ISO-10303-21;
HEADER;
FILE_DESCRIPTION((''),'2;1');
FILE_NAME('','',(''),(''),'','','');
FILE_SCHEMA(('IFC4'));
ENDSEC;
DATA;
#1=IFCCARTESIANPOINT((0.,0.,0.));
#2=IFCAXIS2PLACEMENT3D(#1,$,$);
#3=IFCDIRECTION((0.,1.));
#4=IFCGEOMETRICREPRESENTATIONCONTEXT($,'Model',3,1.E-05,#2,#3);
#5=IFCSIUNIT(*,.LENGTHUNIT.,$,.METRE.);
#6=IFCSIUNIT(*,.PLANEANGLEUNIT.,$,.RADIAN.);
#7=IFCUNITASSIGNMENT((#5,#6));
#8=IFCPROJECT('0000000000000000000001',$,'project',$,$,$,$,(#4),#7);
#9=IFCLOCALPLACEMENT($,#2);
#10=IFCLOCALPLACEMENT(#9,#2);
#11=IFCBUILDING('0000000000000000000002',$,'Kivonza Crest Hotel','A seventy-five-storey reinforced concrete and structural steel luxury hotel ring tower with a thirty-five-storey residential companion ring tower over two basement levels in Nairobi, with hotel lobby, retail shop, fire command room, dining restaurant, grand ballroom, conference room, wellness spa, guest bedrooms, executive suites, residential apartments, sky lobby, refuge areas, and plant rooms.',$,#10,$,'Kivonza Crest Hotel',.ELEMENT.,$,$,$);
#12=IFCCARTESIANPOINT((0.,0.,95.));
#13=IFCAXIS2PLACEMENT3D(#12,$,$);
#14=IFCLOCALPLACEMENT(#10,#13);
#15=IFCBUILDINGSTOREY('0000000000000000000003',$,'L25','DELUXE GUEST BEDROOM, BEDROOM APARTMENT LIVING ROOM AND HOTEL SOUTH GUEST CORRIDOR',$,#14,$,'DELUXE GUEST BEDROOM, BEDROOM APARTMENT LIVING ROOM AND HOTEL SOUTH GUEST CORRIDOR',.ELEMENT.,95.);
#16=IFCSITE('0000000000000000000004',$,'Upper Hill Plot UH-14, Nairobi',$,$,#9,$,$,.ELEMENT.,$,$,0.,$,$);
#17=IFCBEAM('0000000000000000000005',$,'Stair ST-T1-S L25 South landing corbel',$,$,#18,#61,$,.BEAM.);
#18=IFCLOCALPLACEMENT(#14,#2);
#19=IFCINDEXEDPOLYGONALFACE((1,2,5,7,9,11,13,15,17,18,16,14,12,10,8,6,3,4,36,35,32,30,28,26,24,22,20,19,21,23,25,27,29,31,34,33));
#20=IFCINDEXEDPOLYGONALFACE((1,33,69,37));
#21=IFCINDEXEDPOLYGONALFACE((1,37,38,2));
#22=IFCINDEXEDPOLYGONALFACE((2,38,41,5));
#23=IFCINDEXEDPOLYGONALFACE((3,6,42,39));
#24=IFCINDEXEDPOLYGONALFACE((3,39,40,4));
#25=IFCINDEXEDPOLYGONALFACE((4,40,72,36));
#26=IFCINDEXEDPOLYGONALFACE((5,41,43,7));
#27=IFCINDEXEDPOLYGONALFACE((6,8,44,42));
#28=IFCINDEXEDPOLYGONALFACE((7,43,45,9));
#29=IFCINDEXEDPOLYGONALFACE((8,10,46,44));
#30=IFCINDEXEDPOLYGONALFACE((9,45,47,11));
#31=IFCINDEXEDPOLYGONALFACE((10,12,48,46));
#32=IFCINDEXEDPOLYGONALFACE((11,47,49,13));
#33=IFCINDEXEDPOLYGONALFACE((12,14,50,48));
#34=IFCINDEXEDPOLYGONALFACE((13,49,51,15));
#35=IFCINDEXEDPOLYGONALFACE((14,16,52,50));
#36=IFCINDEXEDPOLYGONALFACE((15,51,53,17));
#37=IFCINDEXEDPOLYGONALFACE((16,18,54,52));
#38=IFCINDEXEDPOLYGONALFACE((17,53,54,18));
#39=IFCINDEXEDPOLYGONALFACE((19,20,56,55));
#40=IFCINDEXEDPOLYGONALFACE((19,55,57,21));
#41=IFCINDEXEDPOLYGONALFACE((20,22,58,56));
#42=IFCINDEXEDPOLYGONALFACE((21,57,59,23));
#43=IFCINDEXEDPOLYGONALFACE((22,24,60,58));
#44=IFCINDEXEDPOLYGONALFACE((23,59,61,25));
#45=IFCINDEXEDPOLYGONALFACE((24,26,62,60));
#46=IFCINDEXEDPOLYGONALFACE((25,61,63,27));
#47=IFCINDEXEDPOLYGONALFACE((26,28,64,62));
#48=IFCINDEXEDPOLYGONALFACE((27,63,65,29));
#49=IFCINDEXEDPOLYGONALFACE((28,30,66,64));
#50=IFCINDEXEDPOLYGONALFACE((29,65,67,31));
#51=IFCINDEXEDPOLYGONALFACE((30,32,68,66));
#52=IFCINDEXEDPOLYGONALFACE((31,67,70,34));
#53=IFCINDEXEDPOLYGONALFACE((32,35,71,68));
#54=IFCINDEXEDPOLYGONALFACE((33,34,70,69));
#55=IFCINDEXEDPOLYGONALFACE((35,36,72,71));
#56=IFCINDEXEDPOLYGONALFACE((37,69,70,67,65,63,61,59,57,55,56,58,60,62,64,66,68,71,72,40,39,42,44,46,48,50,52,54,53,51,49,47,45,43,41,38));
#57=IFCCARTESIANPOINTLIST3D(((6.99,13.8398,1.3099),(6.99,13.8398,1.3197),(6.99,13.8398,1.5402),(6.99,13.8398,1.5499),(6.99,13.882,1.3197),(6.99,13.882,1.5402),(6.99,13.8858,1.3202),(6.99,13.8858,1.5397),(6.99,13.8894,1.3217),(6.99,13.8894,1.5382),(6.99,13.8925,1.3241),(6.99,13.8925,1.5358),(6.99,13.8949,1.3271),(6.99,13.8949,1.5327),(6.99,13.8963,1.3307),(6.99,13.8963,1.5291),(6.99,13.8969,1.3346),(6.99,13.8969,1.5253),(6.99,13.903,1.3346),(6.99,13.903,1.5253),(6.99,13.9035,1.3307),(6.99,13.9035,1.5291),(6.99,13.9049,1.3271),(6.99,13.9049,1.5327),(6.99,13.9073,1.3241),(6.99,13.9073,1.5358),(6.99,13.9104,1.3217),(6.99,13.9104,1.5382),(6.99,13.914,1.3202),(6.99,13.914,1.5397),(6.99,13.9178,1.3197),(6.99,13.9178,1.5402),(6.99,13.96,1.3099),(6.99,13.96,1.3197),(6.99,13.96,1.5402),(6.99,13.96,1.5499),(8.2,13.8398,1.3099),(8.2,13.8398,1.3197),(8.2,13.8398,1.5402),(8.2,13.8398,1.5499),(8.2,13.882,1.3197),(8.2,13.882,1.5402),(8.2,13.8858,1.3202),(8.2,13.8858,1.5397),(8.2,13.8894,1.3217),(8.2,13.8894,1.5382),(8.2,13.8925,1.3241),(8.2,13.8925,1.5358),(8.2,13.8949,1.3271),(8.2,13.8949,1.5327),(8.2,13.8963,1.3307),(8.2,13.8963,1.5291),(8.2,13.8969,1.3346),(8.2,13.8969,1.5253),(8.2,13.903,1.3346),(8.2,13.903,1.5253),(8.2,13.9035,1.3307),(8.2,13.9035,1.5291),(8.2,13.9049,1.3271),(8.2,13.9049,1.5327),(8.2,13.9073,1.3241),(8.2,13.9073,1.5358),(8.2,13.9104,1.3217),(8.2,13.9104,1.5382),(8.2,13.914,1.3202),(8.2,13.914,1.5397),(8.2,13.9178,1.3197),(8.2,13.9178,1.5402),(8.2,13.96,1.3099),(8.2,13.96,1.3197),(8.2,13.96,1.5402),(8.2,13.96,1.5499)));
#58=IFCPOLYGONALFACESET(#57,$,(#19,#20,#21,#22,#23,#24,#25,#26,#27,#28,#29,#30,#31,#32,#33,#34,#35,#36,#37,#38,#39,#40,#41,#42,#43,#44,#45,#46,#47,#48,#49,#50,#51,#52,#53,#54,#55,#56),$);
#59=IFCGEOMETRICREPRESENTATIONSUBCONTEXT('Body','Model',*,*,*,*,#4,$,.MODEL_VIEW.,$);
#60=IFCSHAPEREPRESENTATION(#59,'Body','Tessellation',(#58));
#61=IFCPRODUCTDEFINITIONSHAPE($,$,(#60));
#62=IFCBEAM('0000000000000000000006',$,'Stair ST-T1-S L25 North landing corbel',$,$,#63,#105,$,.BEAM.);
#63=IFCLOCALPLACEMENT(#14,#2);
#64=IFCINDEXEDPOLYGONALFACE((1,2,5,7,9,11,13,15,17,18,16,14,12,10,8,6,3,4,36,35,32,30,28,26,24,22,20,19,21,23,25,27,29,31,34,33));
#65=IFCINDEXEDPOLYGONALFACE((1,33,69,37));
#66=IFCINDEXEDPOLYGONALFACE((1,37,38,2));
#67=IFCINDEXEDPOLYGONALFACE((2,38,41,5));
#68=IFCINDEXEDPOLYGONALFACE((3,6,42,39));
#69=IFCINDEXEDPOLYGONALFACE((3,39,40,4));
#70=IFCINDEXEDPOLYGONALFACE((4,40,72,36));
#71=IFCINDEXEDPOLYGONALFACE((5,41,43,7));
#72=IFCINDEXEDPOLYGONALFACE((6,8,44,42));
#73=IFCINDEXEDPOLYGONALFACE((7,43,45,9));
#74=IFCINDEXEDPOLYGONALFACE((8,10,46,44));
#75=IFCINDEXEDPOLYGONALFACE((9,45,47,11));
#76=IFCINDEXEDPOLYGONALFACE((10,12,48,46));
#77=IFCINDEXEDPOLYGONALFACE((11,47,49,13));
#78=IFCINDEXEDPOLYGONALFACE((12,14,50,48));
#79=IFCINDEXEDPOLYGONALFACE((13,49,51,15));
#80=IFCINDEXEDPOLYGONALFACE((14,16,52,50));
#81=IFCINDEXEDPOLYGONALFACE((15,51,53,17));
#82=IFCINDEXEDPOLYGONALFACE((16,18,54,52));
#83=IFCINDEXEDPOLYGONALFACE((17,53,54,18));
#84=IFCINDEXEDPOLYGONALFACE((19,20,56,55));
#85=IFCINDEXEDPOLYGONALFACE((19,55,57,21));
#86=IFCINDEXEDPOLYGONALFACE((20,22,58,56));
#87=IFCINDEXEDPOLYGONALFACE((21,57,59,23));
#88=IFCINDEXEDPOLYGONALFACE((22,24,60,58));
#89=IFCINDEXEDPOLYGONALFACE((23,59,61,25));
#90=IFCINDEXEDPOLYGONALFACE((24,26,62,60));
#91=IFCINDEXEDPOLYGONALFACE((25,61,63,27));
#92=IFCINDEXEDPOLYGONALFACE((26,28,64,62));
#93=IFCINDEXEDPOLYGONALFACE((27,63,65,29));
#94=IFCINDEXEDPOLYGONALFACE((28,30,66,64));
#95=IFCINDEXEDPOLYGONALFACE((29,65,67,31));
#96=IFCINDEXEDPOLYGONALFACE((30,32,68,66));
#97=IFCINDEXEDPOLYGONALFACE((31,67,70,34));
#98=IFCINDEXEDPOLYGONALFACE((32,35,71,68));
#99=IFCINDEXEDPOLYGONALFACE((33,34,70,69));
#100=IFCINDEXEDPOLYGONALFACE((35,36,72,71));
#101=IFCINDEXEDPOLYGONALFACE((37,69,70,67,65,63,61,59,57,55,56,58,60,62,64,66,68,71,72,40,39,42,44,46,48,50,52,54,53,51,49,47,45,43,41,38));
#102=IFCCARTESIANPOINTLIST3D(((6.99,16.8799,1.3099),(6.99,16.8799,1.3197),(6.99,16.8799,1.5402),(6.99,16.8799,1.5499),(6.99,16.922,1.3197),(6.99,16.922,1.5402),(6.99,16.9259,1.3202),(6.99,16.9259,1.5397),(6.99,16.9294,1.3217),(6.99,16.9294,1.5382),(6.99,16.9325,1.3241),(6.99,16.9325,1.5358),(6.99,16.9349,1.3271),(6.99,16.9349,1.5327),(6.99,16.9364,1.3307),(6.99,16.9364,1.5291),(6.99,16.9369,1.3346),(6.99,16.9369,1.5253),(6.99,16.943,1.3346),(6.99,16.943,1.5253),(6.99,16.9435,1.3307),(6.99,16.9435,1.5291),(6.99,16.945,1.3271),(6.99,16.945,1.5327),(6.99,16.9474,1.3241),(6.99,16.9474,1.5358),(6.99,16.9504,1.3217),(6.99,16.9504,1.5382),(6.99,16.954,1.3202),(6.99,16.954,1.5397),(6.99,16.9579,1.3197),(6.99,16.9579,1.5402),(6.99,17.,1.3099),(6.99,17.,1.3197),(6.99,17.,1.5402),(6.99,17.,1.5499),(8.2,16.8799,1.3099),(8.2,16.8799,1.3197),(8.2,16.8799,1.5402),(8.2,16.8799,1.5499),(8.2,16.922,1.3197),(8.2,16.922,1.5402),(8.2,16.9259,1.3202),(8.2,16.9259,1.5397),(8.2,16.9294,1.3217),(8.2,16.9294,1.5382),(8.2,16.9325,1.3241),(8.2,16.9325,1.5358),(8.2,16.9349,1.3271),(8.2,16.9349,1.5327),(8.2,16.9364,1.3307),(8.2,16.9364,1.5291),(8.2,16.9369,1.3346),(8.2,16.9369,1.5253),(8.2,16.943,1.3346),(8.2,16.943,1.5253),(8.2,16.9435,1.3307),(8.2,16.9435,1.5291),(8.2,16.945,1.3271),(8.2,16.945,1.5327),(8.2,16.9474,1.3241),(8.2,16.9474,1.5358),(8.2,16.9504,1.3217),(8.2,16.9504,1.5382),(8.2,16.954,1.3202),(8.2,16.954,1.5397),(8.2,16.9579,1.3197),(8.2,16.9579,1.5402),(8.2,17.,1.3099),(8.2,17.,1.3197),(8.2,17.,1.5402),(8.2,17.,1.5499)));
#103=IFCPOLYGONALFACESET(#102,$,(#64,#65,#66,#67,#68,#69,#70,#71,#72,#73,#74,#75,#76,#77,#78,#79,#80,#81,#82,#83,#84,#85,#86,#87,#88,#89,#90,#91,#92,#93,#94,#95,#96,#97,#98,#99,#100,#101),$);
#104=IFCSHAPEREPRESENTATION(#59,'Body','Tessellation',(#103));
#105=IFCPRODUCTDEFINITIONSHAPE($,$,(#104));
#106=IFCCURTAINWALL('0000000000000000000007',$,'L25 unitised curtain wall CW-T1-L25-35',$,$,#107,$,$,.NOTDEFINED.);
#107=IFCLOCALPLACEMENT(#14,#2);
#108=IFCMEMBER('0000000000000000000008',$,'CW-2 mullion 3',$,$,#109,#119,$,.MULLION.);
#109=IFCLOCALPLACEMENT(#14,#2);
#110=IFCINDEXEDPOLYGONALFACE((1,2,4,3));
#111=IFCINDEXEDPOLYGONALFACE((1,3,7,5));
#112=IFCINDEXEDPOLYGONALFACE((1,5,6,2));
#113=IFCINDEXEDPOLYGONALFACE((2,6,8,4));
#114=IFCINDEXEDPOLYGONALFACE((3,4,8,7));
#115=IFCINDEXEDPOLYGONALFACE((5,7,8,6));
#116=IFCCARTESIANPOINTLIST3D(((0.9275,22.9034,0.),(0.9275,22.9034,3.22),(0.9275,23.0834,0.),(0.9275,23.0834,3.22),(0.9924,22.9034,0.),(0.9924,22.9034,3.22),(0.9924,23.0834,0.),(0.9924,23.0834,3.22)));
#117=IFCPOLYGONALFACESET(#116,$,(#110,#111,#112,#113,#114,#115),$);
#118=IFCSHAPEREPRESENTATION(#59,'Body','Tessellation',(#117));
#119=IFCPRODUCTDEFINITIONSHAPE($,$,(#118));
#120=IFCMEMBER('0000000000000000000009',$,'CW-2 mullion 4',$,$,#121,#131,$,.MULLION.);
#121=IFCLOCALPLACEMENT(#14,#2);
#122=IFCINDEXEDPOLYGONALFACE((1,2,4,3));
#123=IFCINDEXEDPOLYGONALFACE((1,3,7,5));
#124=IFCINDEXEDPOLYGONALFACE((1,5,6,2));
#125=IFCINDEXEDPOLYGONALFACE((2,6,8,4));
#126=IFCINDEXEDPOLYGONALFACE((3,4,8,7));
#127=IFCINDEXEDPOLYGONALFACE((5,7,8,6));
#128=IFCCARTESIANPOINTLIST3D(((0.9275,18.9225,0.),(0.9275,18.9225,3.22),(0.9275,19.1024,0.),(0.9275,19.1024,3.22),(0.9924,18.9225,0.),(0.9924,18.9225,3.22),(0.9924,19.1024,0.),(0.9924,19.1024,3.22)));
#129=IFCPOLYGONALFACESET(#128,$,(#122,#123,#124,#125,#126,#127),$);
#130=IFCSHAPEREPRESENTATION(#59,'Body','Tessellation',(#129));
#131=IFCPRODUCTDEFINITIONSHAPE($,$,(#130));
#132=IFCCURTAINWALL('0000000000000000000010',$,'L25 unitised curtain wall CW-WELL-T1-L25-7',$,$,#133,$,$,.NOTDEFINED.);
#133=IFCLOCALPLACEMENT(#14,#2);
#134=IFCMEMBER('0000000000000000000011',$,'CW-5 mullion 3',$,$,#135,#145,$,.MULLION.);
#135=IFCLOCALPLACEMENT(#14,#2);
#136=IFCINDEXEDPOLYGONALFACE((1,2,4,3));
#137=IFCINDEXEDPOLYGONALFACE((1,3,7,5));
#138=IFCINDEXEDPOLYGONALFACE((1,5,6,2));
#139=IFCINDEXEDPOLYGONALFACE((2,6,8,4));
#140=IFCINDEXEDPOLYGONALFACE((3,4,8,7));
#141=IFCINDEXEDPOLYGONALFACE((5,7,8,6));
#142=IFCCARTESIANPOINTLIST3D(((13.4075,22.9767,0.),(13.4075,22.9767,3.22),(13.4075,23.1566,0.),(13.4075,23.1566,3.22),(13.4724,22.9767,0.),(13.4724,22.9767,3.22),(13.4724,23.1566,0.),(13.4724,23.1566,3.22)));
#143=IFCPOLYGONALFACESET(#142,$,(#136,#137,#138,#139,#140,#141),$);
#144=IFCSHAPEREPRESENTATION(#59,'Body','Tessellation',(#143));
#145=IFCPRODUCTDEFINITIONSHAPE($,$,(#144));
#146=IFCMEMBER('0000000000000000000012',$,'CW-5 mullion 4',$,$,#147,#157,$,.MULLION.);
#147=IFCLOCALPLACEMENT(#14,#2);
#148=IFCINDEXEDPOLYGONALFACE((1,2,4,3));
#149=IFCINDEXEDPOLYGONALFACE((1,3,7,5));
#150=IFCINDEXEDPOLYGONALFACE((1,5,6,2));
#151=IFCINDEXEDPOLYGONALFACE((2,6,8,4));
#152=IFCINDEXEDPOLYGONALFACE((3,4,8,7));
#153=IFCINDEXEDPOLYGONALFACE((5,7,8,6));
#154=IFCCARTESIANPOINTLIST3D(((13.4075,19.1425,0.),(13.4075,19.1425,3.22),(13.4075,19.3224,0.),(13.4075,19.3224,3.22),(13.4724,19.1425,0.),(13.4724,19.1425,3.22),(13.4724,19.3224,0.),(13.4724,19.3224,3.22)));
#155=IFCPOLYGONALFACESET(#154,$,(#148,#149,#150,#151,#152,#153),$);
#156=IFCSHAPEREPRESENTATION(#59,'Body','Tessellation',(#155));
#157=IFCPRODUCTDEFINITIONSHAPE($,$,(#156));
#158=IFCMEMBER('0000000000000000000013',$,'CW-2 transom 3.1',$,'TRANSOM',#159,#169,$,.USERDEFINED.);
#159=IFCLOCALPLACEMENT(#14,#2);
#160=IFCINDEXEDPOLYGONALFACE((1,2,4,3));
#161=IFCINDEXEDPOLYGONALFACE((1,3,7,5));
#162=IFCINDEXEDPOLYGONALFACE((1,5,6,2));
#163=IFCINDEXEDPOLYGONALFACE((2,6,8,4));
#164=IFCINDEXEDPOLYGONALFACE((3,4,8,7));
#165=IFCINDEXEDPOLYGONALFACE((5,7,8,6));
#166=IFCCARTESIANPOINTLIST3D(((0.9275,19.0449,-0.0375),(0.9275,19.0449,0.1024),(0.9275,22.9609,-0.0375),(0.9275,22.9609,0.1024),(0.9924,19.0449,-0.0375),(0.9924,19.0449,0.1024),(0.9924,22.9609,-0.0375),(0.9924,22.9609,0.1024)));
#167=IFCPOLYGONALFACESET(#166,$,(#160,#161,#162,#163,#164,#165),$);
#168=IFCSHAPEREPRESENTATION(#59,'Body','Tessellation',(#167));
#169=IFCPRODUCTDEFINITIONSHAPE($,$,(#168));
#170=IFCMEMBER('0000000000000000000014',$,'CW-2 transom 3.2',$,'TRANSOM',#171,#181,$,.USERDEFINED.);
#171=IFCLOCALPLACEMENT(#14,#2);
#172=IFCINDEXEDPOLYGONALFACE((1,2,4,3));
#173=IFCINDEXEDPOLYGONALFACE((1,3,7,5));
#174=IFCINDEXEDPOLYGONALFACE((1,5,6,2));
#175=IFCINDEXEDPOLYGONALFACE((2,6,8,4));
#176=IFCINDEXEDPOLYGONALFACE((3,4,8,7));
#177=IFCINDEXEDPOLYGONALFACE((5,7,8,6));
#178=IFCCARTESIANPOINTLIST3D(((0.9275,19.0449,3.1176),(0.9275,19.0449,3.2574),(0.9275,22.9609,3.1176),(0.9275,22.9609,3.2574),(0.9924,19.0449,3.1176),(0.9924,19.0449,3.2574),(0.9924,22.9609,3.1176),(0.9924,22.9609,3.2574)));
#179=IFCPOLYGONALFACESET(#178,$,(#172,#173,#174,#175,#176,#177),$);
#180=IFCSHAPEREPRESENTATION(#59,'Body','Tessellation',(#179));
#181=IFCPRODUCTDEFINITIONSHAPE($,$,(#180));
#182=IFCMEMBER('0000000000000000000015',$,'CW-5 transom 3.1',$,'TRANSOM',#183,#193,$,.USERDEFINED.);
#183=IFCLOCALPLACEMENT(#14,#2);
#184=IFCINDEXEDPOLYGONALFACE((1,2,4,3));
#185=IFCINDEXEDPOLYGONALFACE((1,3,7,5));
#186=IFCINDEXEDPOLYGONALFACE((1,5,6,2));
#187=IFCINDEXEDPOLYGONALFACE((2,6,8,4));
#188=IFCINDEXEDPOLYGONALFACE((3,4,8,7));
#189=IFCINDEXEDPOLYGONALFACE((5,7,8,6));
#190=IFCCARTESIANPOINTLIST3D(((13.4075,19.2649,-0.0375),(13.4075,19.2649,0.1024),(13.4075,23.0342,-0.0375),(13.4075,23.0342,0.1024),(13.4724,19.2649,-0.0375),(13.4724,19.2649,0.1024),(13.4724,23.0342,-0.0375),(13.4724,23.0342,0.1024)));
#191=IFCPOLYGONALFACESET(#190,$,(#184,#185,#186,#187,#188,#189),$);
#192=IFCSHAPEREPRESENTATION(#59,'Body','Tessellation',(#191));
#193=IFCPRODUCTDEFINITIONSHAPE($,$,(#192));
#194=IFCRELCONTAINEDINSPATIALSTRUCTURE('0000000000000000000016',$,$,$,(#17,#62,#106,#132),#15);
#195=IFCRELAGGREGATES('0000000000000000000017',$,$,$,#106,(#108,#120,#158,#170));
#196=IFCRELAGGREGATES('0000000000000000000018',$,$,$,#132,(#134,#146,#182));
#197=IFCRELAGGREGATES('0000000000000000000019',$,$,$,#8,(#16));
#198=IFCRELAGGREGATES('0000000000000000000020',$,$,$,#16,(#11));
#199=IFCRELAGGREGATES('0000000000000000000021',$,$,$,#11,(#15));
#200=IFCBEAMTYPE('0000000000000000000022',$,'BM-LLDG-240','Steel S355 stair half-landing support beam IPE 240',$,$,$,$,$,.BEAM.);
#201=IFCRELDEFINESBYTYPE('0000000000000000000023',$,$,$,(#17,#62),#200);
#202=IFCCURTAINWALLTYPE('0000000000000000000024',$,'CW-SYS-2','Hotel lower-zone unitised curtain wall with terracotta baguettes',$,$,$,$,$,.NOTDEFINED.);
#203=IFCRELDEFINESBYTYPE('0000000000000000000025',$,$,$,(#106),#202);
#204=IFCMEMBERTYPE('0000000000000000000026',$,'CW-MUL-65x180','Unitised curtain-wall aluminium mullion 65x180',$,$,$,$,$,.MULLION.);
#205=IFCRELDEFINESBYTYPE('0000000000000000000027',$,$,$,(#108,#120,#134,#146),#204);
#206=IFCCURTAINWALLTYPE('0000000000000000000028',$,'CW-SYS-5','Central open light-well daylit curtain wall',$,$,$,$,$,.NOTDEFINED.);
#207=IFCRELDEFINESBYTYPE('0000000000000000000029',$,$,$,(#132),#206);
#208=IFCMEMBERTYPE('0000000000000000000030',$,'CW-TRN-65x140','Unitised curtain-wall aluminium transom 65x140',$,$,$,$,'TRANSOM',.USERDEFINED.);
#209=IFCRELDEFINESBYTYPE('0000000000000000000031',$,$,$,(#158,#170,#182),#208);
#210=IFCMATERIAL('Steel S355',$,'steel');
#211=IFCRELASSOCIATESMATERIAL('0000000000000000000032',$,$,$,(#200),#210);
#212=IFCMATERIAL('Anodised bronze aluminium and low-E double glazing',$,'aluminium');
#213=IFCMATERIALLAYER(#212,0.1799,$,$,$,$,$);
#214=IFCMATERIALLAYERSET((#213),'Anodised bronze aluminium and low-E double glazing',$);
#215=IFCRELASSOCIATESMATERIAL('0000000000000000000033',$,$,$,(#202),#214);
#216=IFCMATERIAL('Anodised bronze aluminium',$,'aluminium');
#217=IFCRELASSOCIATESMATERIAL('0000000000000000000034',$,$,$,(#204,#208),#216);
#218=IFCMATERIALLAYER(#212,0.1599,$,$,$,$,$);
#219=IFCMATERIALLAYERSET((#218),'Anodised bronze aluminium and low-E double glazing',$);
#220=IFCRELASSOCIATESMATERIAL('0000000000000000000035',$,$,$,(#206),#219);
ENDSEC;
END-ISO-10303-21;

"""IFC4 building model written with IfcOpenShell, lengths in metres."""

from ifc_helpers import new_model, si_unit, direction, frame, origin, origin_2d, place, context, subcontext, project, spatial, rectangle, i_section, extrude, material, layer, layer_set, material_profile, profile_set, type_object, element, aggregate, save


model = new_model("IFC4")

# Units and contexts
model_context = context("Model", 3, precision=1e-05, world=origin(), true_north=direction((0.0, 1.0)))
body_context = subcontext(model_context, "Body", "Model", "MODEL_VIEW")
ifc_project = project(units=[si_unit("LENGTHUNIT", "METRE"), si_unit("PLANEANGLEUNIT", "RADIAN")], contexts=[model_context])

# Site, building, storey
site_placement = place(None, origin())
site = spatial("IfcSite", under=ifc_project, at=site_placement, Name="Upper Hill Plot UH-14, Nairobi", CompositionType="ELEMENT", RefElevation=0.0)
building_placement = place(site_placement, origin())
building = spatial("IfcBuilding", under=site, at=building_placement, Name="Kivonza Crest Hotel", Description="A seventy-five-storey reinforced concrete and structural steel luxury hotel ring tower with a thirty-five-storey residential companion ring tower over two basement levels in Nairobi, with hotel lobby, retail shop, fire command room, dining restaurant, grand ballroom, conference room, wellness spa, guest bedrooms, executive suites, residential apartments, sky lobby, refuge areas, and plant rooms.", LongName="Kivonza Crest Hotel", CompositionType="ELEMENT")
storey_placement = place(building_placement, frame((0.0, 0.0, 95.0)))
storey = spatial("IfcBuildingStorey", under=building, at=storey_placement, Name="L25", Description="DELUXE GUEST BEDROOM, BEDROOM APARTMENT LIVING ROOM AND HOTEL SOUTH GUEST CORRIDOR", LongName="DELUXE GUEST BEDROOM, BEDROOM APARTMENT LIVING ROOM AND HOTEL SOUTH GUEST CORRIDOR", CompositionType="ELEMENT", Elevation=95.0)

# Beams
ifc_material_1 = material(Name="Steel S355", Category="steel")
ifc_material_profile_1 = material_profile(ifc_material_1, i_section(OverallWidth=0.1201, OverallDepth=0.24, WebThickness=0.0061, FlangeThickness=0.0098, FilletRadius=0.0149, at=origin_2d()), Name="IPE 240")
ifc_profile_set_1 = profile_set([ifc_material_profile_1], Name="Steel S355")
beam_type_1 = type_object("IfcBeamType", Name="BM-LLDG-240", Description="Steel S355 stair half-landing support beam IPE 240", PredefinedType="BEAM", material=ifc_profile_set_1)
for number, where, z_axis, x_axis, name in (
    (1, (6.99, 13.8999, 1.4299), (1.0, 0.0, 0.0), (0.0, 1.0, 0.0), "Stair ST-T1-S L25 South landing corbel"),
    (2, (6.99, 16.9399, 1.4299), (1.0, 0.0, 0.0), (0.0, 1.0, 0.0), "Stair ST-T1-S L25 North landing corbel"),
):
    element("IfcBeam", number, at=place(storey_placement, frame(where, z_axis=z_axis, x_axis=x_axis)), inside=storey, type_object=beam_type_1, Name=name, PredefinedType="BEAM", context=body_context, shape_type="SweptSolid", body=[
        extrude(i_section(OverallWidth=0.1201, OverallDepth=0.24, WebThickness=0.0061, FlangeThickness=0.0098, FilletRadius=0.0149, at=origin_2d()), origin(), (0.0, 0.0, 1.0), 1.21),
    ])

# Curtain walls, members
ifc_material_2 = material(Name="Anodised bronze aluminium and low-E double glazing", Category="aluminium")
ifc_layer_1 = layer(ifc_material_2, 0.1799)
ifc_layer_set_1 = layer_set([ifc_layer_1], Name="Anodised bronze aluminium and low-E double glazing")
curtain_wall_type_1 = type_object("IfcCurtainWallType", Name="CW-SYS-2", Description="Hotel lower-zone unitised curtain wall with terracotta baguettes", PredefinedType="NOTDEFINED", material=ifc_layer_set_1)
curtain_wall_1_placement = place(storey_placement, origin())
curtain_wall_1 = element("IfcCurtainWall", 3, at=curtain_wall_1_placement, inside=storey, type_object=curtain_wall_type_1, Name="L25 unitised curtain wall CW-T1-L25-35", PredefinedType="NOTDEFINED")
ifc_material_3 = material(Name="Anodised bronze aluminium", Category="aluminium")
ifc_material_profile_2 = material_profile(ifc_material_3, rectangle(XDim=0.0649, YDim=0.1799, at=origin_2d()), Name="CW-M 65x180")
ifc_profile_set_2 = profile_set([ifc_material_profile_2], Name="Anodised bronze aluminium")
member_type_1 = type_object("IfcMemberType", Name="CW-MUL-65x180", Description="Unitised curtain-wall aluminium mullion 65x180", PredefinedType="MULLION", material=ifc_profile_set_2)
member_1_placement = place(storey_placement, frame((0.96, 22.9934, 0.0), z_axis=(0.0, 0.0, 1.0), x_axis=(1.0, 0.0, 0.0)))
member_1 = element("IfcMember", 4, at=member_1_placement, type_object=member_type_1, Name="CW-2 mullion 3", PredefinedType="MULLION", context=body_context, shape_type="SweptSolid", body=[
    extrude(rectangle(XDim=0.0649, YDim=0.1799, at=origin_2d()), origin(), (0.0, 0.0, 1.0), 3.22),
])
member_2_placement = place(storey_placement, frame((0.96, 19.0125, 0.0), z_axis=(0.0, 0.0, 1.0), x_axis=(1.0, 0.0, 0.0)))
member_2 = element("IfcMember", 5, at=member_2_placement, type_object=member_type_1, Name="CW-2 mullion 4", PredefinedType="MULLION", context=body_context, shape_type="SweptSolid", body=[
    extrude(rectangle(XDim=0.0649, YDim=0.1799, at=origin_2d()), origin(), (0.0, 0.0, 1.0), 3.22),
])
ifc_layer_2 = layer(ifc_material_2, 0.1599)
ifc_layer_set_2 = layer_set([ifc_layer_2], Name="Anodised bronze aluminium and low-E double glazing")
curtain_wall_type_2 = type_object("IfcCurtainWallType", Name="CW-SYS-5", Description="Central open light-well daylit curtain wall", PredefinedType="NOTDEFINED", material=ifc_layer_set_2)
curtain_wall_2_placement = place(storey_placement, origin())
curtain_wall_2 = element("IfcCurtainWall", 6, at=curtain_wall_2_placement, inside=storey, type_object=curtain_wall_type_2, Name="L25 unitised curtain wall CW-WELL-T1-L25-7", PredefinedType="NOTDEFINED")
member_3_placement = place(storey_placement, frame((13.4399, 23.0667, 0.0), z_axis=(0.0, 0.0, 1.0), x_axis=(1.0, 0.0, 0.0)))
member_3 = element("IfcMember", 7, at=member_3_placement, type_object=member_type_1, Name="CW-5 mullion 3", PredefinedType="MULLION", context=body_context, shape_type="SweptSolid", body=[
    extrude(rectangle(XDim=0.0649, YDim=0.1799, at=origin_2d()), origin(), (0.0, 0.0, 1.0), 3.22),
])
member_4_placement = place(storey_placement, frame((13.4399, 19.2324, 0.0), z_axis=(0.0, 0.0, 1.0), x_axis=(1.0, 0.0, 0.0)))
member_4 = element("IfcMember", 8, at=member_4_placement, type_object=member_type_1, Name="CW-5 mullion 4", PredefinedType="MULLION", context=body_context, shape_type="SweptSolid", body=[
    extrude(rectangle(XDim=0.0649, YDim=0.1799, at=origin_2d()), origin(), (0.0, 0.0, 1.0), 3.22),
])

# Members
ifc_material_profile_3 = material_profile(ifc_material_3, rectangle(XDim=0.0649, YDim=0.1399, at=origin_2d()), Name="CW-T 65x140")
ifc_profile_set_3 = profile_set([ifc_material_profile_3], Name="Anodised bronze aluminium")
member_type_2 = type_object("IfcMemberType", Name="CW-TRN-65x140", Description="Unitised curtain-wall aluminium transom 65x140", ElementType="TRANSOM", PredefinedType="USERDEFINED", material=ifc_profile_set_3)
member_5_placement = place(storey_placement, frame((0.96, 22.9609, 0.0325), z_axis=(0.0, -1.0, 0.0), x_axis=(1.0, 0.0, 0.0)))
member_5 = element("IfcMember", 9, at=member_5_placement, type_object=member_type_2, Name="CW-2 transom 3.1", ObjectType="TRANSOM", PredefinedType="USERDEFINED", context=body_context, shape_type="SweptSolid", body=[
    extrude(rectangle(XDim=0.0649, YDim=0.1399, at=origin_2d()), origin(), (0.0, 0.0, 1.0), 3.916),
])
member_6_placement = place(storey_placement, frame((0.96, 22.9609, 3.1875), z_axis=(0.0, -1.0, 0.0), x_axis=(1.0, 0.0, 0.0)))
member_6 = element("IfcMember", 10, at=member_6_placement, type_object=member_type_2, Name="CW-2 transom 3.2", ObjectType="TRANSOM", PredefinedType="USERDEFINED", context=body_context, shape_type="SweptSolid", body=[
    extrude(rectangle(XDim=0.0649, YDim=0.1399, at=origin_2d()), origin(), (0.0, 0.0, 1.0), 3.916),
])
member_7_placement = place(storey_placement, frame((13.4399, 23.0342, 0.0325), z_axis=(0.0, -1.0, 0.0), x_axis=(1.0, 0.0, 0.0)))
member_7 = element("IfcMember", 11, at=member_7_placement, type_object=member_type_2, Name="CW-5 transom 3.1", ObjectType="TRANSOM", PredefinedType="USERDEFINED", context=body_context, shape_type="SweptSolid", body=[
    extrude(rectangle(XDim=0.0649, YDim=0.1399, at=origin_2d()), origin(), (0.0, 0.0, 1.0), 3.7693),
])

aggregate(curtain_wall_1, [member_1, member_2, member_5, member_6])
aggregate(curtain_wall_2, [member_3, member_4, member_7])

save(model, "model.ifc")
